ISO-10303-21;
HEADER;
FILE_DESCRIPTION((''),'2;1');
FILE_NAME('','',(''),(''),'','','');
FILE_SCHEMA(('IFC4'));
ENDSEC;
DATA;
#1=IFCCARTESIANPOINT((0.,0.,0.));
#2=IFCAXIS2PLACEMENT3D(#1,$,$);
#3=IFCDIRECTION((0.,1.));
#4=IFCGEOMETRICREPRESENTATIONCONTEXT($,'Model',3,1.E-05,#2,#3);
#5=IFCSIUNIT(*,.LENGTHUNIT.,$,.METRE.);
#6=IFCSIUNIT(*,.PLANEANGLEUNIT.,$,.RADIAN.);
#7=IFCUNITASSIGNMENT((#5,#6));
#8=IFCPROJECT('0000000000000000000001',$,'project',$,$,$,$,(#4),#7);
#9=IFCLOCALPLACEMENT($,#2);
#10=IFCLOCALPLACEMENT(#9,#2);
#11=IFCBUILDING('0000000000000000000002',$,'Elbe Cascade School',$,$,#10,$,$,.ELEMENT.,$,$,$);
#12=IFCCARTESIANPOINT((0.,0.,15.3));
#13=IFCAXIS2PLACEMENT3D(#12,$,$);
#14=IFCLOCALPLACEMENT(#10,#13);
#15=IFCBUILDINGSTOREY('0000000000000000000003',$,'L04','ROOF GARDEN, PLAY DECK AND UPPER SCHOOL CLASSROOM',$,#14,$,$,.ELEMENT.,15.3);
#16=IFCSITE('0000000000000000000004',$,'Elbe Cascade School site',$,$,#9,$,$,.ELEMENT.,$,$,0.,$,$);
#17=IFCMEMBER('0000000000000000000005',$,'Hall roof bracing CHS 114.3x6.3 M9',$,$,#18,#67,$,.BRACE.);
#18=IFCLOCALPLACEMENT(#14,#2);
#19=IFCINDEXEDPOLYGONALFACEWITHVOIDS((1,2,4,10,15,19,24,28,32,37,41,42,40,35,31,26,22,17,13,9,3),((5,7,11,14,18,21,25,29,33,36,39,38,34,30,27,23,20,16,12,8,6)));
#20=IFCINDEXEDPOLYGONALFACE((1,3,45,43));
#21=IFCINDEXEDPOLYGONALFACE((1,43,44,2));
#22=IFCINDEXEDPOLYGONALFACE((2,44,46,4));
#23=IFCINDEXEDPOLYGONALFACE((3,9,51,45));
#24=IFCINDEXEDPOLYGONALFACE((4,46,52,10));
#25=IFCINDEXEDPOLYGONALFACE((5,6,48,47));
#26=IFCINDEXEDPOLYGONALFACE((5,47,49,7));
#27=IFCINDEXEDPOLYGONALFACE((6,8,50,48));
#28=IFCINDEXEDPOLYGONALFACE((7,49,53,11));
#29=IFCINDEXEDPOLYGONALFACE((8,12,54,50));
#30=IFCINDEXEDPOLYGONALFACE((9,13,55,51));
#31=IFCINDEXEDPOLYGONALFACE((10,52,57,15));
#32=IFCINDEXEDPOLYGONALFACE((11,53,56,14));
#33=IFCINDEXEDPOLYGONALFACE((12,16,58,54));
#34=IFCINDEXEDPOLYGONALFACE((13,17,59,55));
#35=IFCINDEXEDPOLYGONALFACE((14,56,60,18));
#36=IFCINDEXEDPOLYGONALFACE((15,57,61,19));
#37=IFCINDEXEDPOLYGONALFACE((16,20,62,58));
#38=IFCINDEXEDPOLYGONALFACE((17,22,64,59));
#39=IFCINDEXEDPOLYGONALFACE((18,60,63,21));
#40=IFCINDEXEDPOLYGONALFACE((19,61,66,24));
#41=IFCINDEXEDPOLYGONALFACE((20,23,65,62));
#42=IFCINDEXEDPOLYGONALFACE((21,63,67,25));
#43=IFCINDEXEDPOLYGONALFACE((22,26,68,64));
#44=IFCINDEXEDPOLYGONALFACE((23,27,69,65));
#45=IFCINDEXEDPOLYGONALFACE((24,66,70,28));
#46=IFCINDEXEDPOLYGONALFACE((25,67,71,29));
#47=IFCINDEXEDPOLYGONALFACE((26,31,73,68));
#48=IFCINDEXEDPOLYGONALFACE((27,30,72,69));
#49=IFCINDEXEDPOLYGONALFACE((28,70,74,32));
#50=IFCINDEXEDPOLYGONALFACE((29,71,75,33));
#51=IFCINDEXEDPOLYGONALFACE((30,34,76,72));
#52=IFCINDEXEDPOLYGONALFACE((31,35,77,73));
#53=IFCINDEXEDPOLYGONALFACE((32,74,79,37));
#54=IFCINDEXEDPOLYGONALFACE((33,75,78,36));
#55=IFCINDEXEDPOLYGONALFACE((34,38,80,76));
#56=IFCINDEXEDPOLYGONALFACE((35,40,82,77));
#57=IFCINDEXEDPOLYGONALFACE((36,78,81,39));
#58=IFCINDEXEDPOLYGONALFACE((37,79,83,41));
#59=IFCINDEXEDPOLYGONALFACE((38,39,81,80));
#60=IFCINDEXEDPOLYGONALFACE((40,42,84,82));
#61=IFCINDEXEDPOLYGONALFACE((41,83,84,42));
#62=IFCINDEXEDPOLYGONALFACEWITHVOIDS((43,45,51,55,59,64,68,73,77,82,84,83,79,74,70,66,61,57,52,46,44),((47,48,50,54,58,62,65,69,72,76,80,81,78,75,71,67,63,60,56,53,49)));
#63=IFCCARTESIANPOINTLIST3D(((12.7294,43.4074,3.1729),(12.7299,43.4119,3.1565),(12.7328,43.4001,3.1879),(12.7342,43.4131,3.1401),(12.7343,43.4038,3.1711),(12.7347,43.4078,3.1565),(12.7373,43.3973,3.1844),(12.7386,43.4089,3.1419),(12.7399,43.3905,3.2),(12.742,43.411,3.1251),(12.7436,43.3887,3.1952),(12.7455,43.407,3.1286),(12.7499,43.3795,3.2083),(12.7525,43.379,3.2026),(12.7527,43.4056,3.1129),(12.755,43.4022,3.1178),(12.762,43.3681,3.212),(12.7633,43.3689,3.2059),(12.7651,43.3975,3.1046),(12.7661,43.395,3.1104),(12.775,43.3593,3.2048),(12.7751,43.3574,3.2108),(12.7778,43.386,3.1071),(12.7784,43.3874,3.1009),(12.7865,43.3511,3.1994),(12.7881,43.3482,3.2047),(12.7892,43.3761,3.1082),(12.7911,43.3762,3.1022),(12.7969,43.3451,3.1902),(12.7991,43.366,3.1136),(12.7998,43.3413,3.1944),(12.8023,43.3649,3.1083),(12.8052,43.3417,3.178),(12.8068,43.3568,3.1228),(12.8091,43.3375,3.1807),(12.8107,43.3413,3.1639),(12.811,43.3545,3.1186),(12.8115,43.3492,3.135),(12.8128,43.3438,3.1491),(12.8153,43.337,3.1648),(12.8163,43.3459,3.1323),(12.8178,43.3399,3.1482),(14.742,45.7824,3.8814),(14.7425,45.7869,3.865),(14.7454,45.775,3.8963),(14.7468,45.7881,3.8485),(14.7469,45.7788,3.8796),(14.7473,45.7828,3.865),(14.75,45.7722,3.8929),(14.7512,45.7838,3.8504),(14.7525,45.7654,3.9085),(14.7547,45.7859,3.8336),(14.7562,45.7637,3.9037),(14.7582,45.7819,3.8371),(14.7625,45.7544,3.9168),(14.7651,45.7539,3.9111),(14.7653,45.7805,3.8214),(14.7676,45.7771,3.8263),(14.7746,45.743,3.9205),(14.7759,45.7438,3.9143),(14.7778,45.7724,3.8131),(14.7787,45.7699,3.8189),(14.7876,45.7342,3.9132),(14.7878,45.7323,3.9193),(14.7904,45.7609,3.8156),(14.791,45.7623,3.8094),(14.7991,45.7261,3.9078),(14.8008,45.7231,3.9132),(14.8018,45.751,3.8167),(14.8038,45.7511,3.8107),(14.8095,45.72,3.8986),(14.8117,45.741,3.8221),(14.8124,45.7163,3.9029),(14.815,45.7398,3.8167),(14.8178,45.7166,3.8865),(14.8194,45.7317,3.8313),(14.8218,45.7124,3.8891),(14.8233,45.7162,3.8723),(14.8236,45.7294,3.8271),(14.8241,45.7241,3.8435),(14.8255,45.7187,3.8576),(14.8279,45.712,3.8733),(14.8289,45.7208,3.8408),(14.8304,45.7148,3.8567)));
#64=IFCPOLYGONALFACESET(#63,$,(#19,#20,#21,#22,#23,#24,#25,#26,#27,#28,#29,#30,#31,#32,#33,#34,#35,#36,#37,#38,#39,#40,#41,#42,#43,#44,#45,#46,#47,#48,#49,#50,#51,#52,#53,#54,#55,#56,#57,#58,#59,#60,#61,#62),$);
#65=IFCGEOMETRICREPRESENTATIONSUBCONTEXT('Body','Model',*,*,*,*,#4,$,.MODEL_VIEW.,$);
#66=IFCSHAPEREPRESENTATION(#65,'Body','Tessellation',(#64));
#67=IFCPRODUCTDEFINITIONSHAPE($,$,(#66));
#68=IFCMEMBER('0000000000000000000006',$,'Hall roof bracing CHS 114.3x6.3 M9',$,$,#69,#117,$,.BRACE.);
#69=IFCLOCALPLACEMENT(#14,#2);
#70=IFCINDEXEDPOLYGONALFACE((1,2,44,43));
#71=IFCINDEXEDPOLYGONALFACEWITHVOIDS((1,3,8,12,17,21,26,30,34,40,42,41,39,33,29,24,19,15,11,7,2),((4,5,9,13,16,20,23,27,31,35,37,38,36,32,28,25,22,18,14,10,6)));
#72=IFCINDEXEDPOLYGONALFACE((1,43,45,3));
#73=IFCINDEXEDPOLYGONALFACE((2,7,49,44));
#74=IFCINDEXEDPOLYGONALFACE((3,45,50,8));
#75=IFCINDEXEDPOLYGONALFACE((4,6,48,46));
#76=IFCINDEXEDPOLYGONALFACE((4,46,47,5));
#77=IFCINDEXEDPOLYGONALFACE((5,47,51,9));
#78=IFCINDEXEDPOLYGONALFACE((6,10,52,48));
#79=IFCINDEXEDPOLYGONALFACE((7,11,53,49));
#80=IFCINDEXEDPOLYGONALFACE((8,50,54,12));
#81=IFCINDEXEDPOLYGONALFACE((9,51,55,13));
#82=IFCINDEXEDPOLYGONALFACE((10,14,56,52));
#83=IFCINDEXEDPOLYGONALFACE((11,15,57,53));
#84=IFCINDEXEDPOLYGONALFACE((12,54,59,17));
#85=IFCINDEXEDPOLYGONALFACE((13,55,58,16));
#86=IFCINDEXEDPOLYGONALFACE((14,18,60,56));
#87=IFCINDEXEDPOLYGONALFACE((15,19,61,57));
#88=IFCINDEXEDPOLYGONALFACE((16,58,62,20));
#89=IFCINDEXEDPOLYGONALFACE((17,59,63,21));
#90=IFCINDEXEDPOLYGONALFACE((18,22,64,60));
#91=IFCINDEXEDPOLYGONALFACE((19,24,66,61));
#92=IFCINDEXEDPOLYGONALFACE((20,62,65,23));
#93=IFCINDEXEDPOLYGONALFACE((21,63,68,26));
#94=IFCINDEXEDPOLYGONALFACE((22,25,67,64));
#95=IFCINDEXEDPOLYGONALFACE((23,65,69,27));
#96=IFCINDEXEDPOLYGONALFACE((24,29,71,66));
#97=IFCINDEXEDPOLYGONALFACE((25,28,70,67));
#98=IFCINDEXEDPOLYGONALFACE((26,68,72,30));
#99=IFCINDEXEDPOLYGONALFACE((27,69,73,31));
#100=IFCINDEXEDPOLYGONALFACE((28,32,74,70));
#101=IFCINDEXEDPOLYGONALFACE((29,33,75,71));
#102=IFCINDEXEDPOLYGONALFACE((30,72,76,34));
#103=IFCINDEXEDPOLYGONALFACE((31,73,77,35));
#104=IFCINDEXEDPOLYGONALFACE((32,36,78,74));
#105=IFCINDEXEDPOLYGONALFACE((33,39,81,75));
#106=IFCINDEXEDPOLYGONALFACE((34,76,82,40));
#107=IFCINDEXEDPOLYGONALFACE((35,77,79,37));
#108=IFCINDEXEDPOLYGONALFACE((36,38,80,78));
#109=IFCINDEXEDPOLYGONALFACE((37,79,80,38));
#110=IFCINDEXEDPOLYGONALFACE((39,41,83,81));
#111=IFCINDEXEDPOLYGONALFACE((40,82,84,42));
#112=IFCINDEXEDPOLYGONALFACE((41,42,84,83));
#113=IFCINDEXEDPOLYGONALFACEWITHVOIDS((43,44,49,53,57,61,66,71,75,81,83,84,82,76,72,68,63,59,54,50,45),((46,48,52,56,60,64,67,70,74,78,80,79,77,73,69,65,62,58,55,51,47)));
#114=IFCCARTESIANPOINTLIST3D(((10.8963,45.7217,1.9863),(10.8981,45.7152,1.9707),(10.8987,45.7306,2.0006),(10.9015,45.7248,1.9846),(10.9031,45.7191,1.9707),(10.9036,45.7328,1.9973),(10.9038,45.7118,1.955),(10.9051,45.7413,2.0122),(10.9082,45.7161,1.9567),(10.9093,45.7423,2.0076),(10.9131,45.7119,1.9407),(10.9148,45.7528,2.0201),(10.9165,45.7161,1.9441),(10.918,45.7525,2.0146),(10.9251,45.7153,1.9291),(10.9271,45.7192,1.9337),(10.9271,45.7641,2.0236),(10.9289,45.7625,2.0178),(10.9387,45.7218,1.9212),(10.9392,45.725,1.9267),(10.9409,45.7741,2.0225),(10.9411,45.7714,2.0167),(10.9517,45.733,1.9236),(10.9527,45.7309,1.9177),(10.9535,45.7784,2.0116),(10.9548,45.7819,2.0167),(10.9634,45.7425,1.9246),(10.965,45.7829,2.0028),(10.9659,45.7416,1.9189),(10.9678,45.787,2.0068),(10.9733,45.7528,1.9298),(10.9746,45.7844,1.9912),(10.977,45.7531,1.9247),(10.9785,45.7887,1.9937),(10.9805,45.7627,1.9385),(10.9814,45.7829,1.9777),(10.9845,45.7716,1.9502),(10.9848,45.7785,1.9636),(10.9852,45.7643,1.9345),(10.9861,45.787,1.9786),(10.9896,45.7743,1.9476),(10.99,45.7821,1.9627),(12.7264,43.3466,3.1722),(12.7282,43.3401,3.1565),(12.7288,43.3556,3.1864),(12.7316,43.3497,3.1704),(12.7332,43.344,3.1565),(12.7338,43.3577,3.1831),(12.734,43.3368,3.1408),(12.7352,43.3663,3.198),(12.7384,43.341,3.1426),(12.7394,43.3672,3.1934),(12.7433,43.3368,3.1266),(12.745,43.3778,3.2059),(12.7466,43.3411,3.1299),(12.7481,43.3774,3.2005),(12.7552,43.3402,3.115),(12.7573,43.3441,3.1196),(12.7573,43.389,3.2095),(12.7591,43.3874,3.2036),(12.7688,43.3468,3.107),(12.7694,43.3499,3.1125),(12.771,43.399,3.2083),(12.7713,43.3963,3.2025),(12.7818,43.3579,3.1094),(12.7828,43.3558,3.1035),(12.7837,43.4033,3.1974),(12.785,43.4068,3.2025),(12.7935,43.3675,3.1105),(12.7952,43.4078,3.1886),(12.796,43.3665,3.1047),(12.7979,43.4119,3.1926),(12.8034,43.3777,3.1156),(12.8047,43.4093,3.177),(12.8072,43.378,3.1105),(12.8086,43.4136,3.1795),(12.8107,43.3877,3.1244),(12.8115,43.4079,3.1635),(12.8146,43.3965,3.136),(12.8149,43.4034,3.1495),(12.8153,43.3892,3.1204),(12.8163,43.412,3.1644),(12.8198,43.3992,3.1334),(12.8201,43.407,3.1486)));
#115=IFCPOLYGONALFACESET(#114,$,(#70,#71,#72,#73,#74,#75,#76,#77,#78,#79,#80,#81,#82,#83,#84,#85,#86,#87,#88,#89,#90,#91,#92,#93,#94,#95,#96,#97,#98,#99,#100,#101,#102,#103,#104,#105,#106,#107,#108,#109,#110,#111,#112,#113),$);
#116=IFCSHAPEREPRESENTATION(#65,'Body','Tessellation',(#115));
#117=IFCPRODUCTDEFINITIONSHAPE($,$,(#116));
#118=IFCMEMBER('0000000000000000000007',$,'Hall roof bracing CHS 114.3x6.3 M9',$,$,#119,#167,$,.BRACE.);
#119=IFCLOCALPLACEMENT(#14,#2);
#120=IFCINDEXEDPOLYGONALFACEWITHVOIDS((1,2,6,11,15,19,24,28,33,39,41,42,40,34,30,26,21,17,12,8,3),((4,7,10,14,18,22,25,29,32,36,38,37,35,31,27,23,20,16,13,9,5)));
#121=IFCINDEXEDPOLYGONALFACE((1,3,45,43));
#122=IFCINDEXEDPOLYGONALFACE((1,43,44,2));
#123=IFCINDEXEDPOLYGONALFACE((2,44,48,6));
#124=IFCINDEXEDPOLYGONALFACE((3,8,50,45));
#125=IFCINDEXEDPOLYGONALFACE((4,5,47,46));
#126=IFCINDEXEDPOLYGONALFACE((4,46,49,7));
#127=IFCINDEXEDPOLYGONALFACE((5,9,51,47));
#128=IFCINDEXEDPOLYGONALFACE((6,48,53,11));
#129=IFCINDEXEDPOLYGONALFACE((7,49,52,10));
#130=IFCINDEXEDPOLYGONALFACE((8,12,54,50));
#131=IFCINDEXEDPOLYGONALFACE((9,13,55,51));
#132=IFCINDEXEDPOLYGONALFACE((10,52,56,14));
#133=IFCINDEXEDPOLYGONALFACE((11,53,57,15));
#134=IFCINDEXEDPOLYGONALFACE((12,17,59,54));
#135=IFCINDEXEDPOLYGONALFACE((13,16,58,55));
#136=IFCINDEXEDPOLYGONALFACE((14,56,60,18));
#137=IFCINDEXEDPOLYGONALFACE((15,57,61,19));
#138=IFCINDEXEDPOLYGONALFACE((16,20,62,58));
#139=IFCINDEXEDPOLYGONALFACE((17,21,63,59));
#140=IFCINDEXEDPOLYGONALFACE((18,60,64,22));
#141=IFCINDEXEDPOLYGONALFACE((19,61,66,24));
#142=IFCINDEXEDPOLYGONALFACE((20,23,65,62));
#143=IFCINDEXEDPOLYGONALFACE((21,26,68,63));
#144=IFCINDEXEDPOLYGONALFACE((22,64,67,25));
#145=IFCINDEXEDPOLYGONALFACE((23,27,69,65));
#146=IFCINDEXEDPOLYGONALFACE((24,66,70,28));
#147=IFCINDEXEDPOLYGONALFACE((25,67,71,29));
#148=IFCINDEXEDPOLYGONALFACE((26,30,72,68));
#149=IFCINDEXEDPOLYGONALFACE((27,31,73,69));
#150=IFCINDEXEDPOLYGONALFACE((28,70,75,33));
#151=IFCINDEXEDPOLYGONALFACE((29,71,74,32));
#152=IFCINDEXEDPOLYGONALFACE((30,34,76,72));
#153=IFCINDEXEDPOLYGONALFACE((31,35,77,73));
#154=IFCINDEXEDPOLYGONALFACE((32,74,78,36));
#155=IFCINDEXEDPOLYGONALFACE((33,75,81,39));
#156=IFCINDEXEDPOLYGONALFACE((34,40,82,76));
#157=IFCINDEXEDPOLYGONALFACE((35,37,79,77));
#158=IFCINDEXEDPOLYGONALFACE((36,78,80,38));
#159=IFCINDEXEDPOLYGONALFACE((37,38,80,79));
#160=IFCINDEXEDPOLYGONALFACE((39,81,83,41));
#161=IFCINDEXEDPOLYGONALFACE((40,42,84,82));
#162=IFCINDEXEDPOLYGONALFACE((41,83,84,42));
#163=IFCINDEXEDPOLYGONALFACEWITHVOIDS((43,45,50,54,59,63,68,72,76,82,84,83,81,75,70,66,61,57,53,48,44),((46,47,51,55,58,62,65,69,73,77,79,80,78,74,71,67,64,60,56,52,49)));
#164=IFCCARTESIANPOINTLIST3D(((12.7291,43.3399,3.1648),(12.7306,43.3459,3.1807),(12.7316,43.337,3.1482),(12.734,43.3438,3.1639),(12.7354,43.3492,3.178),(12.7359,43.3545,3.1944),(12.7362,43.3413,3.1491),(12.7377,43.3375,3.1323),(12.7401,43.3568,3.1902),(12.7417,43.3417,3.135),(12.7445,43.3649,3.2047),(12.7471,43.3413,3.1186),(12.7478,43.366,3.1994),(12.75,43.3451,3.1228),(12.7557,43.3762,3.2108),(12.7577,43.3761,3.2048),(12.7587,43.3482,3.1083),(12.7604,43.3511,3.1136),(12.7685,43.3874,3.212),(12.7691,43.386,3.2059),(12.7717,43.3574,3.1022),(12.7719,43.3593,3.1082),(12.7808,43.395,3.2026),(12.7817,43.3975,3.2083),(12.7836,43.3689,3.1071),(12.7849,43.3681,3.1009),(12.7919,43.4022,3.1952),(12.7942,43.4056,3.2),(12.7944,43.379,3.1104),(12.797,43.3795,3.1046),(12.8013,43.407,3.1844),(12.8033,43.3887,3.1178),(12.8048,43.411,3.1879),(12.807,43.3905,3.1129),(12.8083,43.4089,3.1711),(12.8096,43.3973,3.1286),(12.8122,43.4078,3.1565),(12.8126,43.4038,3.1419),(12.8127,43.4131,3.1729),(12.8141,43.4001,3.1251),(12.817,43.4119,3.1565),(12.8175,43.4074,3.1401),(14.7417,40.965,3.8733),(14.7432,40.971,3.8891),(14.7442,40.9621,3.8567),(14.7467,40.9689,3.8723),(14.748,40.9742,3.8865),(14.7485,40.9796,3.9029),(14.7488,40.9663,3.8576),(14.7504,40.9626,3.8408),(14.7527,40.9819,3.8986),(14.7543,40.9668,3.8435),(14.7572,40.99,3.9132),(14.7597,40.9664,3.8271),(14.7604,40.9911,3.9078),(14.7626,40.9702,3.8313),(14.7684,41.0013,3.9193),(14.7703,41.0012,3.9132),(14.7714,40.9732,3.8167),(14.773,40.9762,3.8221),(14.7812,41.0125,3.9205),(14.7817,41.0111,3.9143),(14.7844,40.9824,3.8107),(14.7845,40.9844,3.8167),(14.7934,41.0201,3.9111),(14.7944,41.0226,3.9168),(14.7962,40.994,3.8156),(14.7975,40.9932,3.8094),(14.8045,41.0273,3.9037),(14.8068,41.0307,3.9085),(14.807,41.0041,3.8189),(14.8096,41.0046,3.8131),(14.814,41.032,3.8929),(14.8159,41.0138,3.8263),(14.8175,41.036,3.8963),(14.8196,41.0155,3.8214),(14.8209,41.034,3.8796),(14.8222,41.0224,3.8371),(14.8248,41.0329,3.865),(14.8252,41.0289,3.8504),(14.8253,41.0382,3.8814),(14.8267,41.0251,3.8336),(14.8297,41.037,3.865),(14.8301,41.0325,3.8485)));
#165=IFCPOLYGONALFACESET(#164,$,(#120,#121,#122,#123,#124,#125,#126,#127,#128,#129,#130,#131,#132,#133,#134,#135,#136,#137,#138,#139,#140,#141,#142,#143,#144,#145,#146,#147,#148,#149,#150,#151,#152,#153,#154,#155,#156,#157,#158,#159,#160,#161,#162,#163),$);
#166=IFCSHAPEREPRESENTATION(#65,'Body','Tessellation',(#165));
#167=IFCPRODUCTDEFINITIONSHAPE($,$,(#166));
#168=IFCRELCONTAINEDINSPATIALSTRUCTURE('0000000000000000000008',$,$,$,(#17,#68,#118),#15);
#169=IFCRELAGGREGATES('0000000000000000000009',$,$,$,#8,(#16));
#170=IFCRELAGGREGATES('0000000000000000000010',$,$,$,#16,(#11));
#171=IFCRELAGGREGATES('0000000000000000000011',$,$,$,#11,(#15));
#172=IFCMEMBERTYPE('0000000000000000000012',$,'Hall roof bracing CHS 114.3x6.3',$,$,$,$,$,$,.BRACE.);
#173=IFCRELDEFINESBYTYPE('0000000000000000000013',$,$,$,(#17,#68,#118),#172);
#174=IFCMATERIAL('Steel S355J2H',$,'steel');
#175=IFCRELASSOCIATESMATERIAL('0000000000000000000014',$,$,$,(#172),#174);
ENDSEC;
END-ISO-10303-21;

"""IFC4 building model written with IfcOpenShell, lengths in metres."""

from ifc_helpers import new_model, si_unit, direction, frame, origin, origin_2d, place, context, subcontext, project, spatial, hollow_circle, extrude, material, material_profile, profile_set, type_object, element, save


model = new_model("IFC4")

# Units and contexts
model_context = context("Model", 3, precision=1e-05, world=origin(), true_north=direction((0.0, 1.0)))
body_context = subcontext(model_context, "Body", "Model", "MODEL_VIEW")
ifc_project = project(units=[si_unit("LENGTHUNIT", "METRE"), si_unit("PLANEANGLEUNIT", "RADIAN")], contexts=[model_context])

# Site, building, storey
site_placement = place(None, origin())
site = spatial("IfcSite", under=ifc_project, at=site_placement, Name="Elbe Cascade School site", CompositionType="ELEMENT", RefElevation=0.0)
building_placement = place(site_placement, origin())
building = spatial("IfcBuilding", under=site, at=building_placement, Name="Elbe Cascade School", CompositionType="ELEMENT")
storey_placement = place(building_placement, frame((0.0, 0.0, 15.3)))
storey = spatial("IfcBuildingStorey", under=building, at=storey_placement, Name="L04", Description="ROOF GARDEN, PLAY DECK AND UPPER SCHOOL CLASSROOM", CompositionType="ELEMENT", Elevation=15.3)

# Members
ifc_material_1 = material(Name="Steel S355J2H", Category="steel")
ifc_material_profile_1 = material_profile(ifc_material_1, hollow_circle(Radius=0.0571, WallThickness=0.0063, at=origin_2d()), Name="CHS 114.3x6.3")
ifc_profile_set_1 = profile_set([ifc_material_profile_1], Name="Steel S355J2H")
member_type_1 = type_object("IfcMemberType", Name="Hall roof bracing CHS 114.3x6.3", PredefinedType="BRACE", material=ifc_profile_set_1)
member_1_placement = place(storey_placement, frame((12.7734, 43.375, 3.1565), z_axis=(0.630399, 0.743877, 0.221909), x_axis=(-0.762898, 0.646519, 0.0)))
element("IfcMember", 1, at=member_1_placement, inside=storey, type_object=member_type_1, Name="Hall roof bracing CHS 114.3x6.3 M9", PredefinedType="BRACE", context=body_context, shape_type="SweptSolid", body=[
    extrude(hollow_circle(Radius=0.0571, WallThickness=0.0063, at=origin_2d()), origin(), (0.0, 0.0, 1.0), 3.1926),
])
member_2_placement = place(storey_placement, frame((12.7734, 43.375, 3.1565), z_axis=(-0.567595, 0.736601, -0.36777), x_axis=(-0.792115, -0.610372, 0.0)))
element("IfcMember", 2, at=member_2_placement, inside=storey, type_object=member_type_1, Name="Hall roof bracing CHS 114.3x6.3 M9", PredefinedType="BRACE", context=body_context, shape_type="SweptSolid", body=[
    extrude(hollow_circle(Radius=0.0571, WallThickness=0.0063, at=origin_2d()), origin(), (0.0, 0.0, 1.0), 3.2244),
])
member_3_placement = place(storey_placement, frame((12.7734, 43.375, 3.1565), z_axis=(0.630399, -0.743877, 0.221909), x_axis=(0.762898, 0.646519, 0.0)))
element("IfcMember", 3, at=member_3_placement, inside=storey, type_object=member_type_1, Name="Hall roof bracing CHS 114.3x6.3 M9", PredefinedType="BRACE", context=body_context, shape_type="SweptSolid", body=[
    extrude(hollow_circle(Radius=0.0571, WallThickness=0.0063, at=origin_2d()), origin(), (0.0, 0.0, 1.0), 3.1926),
])

save(model, "model.ifc")
